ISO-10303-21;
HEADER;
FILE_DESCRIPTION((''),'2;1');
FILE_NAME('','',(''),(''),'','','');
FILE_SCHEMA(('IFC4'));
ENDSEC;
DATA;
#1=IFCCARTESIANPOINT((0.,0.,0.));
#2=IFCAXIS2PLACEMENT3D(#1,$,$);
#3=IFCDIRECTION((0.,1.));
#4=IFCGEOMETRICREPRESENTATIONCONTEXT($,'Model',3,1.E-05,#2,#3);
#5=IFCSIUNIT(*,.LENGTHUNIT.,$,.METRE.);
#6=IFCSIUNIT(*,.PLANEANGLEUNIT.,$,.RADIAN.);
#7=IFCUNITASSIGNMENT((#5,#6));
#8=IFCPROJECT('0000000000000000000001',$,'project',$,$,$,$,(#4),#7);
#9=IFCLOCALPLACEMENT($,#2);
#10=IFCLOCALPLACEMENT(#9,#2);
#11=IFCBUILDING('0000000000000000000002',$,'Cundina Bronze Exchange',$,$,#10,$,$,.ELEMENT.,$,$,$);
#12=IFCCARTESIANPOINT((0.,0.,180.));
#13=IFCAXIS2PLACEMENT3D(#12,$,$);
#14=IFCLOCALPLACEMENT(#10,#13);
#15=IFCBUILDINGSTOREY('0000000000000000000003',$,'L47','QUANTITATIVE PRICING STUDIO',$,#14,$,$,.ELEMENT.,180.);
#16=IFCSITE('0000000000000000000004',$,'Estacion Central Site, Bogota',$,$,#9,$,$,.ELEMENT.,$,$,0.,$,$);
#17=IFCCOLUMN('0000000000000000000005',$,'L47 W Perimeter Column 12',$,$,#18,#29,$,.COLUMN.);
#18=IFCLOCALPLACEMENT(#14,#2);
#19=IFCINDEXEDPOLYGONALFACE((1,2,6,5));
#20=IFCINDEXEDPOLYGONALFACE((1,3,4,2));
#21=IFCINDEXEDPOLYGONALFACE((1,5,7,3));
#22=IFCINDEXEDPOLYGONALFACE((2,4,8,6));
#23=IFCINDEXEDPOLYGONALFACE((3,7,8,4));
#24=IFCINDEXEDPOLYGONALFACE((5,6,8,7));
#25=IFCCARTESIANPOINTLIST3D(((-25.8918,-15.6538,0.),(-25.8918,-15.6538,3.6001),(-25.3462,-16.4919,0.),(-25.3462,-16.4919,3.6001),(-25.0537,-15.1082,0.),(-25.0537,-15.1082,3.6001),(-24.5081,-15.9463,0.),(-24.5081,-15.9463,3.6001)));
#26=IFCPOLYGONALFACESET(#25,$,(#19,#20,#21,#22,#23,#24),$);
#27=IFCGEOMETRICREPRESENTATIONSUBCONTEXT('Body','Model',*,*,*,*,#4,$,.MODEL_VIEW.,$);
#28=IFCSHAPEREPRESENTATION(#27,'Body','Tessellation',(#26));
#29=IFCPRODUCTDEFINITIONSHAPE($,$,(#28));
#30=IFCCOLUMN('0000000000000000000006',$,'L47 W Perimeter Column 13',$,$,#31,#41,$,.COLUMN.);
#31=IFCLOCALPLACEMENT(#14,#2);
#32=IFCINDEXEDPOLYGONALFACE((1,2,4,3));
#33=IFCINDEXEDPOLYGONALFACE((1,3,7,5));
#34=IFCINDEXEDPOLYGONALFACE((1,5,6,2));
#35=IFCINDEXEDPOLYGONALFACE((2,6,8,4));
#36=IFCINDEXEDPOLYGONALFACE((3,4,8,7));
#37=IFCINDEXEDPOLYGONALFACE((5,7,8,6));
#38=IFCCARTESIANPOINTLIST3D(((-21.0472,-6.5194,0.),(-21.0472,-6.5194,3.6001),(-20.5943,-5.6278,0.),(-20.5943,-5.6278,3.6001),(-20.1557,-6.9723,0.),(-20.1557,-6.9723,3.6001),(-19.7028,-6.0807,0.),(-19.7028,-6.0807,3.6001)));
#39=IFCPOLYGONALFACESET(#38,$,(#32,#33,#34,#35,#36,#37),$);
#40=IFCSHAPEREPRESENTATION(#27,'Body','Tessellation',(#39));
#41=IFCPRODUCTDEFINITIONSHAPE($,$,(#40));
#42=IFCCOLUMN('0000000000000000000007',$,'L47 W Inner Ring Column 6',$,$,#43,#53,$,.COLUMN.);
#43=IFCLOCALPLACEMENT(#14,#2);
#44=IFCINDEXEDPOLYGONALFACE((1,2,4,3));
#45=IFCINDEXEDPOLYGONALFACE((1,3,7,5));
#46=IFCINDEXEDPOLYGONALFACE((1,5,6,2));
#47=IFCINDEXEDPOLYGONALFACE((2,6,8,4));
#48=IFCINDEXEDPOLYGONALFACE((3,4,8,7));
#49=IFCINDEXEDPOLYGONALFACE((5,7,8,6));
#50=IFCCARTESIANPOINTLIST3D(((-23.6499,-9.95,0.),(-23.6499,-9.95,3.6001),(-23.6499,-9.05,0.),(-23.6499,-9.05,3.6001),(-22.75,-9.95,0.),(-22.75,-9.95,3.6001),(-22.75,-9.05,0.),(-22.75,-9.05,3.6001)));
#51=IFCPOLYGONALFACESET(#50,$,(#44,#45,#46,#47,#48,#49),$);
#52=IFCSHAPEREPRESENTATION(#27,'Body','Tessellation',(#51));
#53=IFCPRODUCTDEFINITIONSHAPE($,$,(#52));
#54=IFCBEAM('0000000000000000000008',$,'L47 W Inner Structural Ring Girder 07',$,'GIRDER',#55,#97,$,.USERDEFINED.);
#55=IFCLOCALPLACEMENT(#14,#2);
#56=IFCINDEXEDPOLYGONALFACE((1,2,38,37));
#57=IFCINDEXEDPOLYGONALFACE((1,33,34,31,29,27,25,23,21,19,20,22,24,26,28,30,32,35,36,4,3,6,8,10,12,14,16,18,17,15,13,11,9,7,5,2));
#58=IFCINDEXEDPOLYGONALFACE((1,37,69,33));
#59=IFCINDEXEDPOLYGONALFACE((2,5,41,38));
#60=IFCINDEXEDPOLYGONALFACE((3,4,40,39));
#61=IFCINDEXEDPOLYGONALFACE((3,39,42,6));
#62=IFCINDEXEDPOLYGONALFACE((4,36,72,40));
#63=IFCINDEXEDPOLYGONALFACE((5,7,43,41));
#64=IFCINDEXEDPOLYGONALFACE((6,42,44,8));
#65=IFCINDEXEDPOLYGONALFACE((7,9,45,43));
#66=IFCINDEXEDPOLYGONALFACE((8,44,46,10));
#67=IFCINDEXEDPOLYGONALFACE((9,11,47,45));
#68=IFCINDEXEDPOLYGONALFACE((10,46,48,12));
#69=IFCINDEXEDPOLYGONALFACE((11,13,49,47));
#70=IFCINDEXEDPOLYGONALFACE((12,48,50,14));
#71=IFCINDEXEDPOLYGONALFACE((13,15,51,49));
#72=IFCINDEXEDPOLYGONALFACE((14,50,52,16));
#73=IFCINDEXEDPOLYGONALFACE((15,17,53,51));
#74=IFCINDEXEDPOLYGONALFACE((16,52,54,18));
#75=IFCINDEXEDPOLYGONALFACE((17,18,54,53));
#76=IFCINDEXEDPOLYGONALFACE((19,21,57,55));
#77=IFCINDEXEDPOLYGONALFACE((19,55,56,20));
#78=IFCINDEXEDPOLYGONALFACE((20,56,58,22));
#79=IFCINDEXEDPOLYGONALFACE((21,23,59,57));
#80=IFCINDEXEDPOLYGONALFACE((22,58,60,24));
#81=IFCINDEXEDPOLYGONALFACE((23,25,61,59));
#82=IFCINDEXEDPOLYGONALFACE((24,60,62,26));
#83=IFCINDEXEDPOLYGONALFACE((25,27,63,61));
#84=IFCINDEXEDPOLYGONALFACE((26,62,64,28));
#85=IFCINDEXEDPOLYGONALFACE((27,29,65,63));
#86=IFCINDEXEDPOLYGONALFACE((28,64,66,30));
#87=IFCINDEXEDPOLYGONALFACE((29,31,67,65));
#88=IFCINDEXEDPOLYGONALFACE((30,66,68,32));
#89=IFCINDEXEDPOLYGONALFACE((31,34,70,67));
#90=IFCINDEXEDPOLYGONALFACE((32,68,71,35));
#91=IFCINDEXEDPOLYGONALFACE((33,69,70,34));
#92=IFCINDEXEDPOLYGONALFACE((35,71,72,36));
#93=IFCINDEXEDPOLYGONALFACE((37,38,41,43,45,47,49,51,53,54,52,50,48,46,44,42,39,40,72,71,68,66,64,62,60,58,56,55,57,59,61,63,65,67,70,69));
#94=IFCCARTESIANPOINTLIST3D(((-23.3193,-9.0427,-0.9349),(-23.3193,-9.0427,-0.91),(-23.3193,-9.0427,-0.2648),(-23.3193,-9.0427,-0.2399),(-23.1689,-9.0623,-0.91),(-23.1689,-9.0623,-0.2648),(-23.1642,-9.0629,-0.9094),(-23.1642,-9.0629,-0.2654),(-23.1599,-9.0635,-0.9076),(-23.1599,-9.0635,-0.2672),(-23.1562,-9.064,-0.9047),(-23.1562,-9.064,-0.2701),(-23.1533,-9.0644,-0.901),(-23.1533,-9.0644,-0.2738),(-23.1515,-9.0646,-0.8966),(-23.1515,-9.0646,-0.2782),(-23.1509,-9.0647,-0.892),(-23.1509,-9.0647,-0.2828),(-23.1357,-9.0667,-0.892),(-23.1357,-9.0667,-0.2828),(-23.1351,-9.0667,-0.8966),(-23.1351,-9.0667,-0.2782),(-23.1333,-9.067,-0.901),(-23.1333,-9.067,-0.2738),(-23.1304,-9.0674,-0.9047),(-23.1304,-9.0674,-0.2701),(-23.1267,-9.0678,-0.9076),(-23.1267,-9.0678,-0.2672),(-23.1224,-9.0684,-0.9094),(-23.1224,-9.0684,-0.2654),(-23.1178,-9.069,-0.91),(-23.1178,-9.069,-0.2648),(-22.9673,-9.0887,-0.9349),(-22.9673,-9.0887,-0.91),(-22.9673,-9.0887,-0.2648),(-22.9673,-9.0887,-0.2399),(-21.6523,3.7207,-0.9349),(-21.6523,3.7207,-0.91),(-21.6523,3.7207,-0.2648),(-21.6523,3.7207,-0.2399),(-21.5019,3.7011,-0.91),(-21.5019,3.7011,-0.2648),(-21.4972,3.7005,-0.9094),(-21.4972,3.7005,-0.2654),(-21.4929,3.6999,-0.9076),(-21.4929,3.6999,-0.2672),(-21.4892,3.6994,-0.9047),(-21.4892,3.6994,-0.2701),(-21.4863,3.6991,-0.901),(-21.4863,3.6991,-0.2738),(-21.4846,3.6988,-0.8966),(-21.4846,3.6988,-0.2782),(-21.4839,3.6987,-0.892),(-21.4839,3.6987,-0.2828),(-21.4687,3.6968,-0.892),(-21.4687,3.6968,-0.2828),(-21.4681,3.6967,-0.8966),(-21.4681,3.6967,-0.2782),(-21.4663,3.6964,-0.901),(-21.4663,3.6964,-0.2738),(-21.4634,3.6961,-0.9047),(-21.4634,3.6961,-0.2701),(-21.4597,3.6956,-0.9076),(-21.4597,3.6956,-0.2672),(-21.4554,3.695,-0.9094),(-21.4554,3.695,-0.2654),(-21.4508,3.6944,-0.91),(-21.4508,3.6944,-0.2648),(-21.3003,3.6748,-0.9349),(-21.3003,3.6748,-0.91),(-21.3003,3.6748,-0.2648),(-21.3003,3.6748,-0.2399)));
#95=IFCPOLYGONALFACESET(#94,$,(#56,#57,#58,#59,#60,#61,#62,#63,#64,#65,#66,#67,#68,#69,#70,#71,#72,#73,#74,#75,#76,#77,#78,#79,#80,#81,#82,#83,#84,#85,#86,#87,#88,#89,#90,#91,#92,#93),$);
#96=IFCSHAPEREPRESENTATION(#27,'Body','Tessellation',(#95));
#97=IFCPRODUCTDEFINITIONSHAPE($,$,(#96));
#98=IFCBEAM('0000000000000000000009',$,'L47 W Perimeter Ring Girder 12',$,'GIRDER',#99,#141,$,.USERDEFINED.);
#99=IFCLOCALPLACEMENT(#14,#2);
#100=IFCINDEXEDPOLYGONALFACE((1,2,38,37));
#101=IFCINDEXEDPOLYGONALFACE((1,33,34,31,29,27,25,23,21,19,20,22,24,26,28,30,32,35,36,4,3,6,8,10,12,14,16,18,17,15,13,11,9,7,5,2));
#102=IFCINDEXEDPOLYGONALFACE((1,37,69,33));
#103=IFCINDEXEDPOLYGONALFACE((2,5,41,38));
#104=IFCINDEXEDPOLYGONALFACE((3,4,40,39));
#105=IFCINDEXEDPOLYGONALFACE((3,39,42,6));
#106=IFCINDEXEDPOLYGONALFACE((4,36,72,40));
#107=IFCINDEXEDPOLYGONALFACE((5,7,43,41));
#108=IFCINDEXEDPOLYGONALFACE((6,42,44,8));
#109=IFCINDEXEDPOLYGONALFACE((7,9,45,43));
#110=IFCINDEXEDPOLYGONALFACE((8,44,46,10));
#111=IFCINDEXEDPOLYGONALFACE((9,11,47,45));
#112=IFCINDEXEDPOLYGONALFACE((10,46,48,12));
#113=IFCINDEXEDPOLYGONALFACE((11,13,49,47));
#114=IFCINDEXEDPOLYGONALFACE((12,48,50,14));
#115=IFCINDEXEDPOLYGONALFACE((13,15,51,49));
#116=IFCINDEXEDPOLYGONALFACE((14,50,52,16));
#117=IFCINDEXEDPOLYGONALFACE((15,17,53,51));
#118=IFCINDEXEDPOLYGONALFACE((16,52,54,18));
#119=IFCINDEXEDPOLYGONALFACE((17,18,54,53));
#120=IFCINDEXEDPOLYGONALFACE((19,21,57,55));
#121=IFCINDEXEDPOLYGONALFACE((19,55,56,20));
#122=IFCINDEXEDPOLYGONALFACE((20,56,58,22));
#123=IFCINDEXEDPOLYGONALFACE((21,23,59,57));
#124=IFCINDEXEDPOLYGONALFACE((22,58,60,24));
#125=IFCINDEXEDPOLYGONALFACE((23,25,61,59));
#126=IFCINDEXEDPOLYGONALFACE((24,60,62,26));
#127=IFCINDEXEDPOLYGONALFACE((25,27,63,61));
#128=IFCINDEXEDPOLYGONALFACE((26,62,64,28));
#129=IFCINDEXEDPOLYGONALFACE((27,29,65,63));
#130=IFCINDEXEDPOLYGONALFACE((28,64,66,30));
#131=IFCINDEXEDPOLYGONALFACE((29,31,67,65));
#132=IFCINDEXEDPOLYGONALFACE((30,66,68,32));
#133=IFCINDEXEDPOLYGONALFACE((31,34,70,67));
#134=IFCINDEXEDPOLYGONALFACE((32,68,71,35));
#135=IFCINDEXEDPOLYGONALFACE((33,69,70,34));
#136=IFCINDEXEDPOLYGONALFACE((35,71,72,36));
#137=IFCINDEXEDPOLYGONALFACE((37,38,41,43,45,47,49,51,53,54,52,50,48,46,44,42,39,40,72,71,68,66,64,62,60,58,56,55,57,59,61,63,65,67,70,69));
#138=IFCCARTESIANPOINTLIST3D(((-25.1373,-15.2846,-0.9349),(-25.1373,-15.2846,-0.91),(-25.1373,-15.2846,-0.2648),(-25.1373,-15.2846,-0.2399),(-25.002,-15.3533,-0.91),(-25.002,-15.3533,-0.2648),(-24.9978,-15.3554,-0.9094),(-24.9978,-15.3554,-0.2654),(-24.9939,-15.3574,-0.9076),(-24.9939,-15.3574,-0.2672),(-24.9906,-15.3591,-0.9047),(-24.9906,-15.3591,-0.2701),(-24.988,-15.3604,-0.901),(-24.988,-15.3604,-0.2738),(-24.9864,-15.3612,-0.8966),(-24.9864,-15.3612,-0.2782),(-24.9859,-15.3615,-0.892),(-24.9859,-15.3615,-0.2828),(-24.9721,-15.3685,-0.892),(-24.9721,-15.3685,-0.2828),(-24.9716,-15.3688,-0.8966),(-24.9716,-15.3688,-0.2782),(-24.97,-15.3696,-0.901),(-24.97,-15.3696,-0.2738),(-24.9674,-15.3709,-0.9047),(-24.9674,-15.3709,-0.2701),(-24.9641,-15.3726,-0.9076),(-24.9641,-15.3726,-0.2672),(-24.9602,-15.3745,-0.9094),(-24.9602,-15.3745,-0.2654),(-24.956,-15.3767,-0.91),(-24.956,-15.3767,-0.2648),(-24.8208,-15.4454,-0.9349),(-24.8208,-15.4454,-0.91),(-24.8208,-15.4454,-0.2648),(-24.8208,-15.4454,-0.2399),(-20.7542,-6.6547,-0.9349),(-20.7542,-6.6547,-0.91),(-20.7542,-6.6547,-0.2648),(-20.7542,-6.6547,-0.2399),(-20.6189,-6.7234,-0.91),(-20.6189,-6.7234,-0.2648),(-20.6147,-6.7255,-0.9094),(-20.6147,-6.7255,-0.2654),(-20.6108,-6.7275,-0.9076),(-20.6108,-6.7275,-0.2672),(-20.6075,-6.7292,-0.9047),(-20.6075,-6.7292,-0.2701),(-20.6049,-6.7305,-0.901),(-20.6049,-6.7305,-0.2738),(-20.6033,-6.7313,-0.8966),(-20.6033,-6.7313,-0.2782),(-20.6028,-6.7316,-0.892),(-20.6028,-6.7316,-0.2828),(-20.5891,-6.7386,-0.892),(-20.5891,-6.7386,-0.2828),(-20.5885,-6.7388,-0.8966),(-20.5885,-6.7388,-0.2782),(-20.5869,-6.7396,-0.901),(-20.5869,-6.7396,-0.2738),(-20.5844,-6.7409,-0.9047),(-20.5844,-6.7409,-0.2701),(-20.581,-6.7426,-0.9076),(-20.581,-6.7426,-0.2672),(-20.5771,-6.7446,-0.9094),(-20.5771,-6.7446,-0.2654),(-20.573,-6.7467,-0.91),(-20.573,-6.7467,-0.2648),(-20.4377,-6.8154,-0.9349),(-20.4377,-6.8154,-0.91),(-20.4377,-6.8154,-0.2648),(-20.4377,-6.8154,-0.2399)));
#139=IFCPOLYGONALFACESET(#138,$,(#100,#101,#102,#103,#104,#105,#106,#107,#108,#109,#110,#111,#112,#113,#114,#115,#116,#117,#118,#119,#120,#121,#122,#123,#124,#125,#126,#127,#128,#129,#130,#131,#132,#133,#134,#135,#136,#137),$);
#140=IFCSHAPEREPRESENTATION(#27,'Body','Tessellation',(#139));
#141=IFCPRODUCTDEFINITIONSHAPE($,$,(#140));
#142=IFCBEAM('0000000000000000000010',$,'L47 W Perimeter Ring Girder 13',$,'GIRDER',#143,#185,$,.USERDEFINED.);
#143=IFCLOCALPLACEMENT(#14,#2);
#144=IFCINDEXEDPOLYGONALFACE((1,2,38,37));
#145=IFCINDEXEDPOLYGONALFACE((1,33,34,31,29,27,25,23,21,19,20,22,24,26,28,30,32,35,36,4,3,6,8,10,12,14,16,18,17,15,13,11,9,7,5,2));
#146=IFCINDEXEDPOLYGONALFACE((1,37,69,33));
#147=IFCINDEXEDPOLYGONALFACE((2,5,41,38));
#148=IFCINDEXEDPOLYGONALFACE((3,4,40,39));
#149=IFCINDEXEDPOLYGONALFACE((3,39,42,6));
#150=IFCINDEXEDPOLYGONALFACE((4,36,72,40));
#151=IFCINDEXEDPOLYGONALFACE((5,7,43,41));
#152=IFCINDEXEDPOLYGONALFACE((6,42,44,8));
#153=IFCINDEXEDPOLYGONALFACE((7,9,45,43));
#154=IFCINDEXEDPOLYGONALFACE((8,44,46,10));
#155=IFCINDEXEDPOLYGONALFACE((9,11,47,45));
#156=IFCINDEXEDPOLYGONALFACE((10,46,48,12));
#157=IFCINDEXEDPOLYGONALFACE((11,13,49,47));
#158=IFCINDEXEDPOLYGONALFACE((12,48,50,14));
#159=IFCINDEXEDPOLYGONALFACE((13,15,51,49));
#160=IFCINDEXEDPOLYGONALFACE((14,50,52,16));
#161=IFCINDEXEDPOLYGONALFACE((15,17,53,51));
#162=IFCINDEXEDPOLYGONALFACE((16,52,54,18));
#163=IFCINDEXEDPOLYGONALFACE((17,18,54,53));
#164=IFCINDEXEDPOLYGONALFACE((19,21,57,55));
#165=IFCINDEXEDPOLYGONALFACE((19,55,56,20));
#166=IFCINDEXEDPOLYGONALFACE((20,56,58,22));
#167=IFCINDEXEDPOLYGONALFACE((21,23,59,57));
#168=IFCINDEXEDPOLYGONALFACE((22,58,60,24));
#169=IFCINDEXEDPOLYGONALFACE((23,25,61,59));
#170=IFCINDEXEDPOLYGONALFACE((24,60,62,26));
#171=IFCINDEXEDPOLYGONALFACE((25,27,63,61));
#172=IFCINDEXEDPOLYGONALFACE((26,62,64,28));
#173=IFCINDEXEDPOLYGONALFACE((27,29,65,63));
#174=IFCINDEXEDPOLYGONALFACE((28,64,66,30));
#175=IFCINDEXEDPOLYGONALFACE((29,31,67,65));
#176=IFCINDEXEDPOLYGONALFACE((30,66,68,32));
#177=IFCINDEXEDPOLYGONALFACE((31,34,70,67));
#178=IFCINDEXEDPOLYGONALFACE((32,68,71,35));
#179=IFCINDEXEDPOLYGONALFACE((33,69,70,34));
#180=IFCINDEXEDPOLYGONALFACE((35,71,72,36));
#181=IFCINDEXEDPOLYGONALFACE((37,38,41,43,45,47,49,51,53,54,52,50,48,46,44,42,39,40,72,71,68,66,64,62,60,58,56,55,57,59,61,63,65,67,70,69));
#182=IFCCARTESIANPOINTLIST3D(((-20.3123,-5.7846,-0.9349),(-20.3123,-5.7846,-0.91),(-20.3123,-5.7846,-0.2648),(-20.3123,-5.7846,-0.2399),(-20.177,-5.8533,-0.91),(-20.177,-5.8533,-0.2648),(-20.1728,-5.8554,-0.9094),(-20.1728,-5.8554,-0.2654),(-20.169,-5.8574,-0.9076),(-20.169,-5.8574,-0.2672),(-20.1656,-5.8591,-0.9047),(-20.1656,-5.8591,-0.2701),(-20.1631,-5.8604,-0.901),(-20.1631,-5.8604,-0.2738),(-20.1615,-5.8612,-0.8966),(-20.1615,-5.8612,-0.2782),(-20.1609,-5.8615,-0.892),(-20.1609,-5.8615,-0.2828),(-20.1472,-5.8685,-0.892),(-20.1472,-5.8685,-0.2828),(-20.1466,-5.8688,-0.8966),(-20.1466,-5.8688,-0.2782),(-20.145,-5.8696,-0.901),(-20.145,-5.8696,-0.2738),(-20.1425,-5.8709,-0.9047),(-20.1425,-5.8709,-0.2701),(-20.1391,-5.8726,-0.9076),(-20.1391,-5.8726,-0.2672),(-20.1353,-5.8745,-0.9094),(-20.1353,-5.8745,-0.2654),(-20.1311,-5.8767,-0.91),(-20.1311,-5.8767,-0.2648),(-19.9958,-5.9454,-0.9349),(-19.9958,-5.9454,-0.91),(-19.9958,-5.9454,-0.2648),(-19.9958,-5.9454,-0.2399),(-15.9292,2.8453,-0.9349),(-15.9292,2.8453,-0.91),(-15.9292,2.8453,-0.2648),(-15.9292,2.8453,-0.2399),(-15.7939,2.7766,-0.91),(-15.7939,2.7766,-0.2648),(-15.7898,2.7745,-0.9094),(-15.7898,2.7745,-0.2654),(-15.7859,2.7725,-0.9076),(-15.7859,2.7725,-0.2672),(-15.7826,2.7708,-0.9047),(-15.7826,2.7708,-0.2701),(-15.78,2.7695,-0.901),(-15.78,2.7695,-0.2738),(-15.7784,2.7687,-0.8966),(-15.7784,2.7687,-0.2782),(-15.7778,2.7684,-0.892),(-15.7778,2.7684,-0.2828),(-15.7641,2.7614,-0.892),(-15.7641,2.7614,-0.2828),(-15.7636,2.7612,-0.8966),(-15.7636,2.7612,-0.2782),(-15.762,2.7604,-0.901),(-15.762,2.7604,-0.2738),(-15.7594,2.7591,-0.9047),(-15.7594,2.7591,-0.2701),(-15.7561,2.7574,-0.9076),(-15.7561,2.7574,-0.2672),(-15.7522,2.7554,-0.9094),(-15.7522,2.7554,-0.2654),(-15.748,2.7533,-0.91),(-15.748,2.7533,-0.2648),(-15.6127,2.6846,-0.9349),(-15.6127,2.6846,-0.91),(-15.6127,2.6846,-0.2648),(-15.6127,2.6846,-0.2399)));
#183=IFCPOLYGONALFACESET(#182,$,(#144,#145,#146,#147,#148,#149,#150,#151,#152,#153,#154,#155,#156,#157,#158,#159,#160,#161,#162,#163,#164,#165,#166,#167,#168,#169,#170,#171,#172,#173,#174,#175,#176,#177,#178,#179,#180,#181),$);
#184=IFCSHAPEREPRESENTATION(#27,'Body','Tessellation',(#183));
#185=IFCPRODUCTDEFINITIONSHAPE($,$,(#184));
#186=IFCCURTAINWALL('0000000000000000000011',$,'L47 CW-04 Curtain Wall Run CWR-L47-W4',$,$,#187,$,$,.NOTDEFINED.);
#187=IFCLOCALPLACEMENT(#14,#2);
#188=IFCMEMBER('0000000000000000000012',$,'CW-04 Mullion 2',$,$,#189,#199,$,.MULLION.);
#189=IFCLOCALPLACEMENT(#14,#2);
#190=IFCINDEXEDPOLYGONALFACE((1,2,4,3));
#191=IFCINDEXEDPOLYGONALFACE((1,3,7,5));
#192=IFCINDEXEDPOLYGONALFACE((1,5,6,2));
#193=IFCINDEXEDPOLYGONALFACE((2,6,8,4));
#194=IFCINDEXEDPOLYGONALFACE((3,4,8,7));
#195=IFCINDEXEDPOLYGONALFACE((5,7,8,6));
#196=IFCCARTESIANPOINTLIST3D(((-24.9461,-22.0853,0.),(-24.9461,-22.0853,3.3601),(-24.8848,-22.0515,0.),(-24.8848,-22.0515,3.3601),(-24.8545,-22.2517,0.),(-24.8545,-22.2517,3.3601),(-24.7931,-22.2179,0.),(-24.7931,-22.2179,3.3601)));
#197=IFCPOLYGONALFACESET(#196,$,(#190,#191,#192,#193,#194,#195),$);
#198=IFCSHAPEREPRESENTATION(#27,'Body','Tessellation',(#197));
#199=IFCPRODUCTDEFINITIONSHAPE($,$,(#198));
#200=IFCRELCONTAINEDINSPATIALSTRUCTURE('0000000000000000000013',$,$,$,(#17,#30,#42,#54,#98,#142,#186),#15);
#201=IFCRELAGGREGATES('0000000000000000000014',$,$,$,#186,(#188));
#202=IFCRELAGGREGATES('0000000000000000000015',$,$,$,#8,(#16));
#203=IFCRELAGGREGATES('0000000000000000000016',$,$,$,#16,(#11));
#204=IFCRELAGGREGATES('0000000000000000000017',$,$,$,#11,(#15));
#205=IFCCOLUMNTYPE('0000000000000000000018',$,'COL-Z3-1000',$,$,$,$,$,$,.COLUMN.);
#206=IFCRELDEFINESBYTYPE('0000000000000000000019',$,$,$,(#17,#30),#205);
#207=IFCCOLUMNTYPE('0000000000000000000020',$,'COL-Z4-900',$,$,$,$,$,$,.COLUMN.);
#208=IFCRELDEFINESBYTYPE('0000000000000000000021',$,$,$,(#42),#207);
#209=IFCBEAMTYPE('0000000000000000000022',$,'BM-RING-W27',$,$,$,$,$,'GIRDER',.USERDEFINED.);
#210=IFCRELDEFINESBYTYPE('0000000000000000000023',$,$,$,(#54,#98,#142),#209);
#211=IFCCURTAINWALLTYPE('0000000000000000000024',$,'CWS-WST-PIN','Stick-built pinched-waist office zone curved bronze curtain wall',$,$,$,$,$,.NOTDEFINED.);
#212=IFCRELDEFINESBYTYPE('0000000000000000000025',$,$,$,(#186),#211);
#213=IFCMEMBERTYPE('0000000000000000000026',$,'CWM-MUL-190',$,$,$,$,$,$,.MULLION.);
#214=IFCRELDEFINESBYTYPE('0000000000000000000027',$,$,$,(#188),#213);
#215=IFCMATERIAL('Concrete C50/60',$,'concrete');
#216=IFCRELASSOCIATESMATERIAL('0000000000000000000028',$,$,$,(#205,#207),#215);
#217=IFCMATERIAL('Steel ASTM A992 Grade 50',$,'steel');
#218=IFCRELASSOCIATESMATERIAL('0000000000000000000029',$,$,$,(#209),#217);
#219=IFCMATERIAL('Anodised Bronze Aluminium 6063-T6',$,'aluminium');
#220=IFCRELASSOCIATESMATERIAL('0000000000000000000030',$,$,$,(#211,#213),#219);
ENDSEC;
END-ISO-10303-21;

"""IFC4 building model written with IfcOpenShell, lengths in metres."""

from ifc_helpers import new_model, si_unit, direction, frame, origin, origin_2d, place, context, subcontext, project, spatial, rectangle, i_section, extrude, material, material_profile, profile_set, type_object, element, aggregate, save


model = new_model("IFC4")

# Units and contexts
model_context = context("Model", 3, precision=1e-05, world=origin(), true_north=direction((0.0, 1.0)))
body_context = subcontext(model_context, "Body", "Model", "MODEL_VIEW")
ifc_project = project(units=[si_unit("LENGTHUNIT", "METRE"), si_unit("PLANEANGLEUNIT", "RADIAN")], contexts=[model_context])

# Site, building, storey
site_placement = place(None, origin())
site = spatial("IfcSite", under=ifc_project, at=site_placement, Name="Estacion Central Site, Bogota", CompositionType="ELEMENT", RefElevation=0.0)
building_placement = place(site_placement, origin())
building = spatial("IfcBuilding", under=site, at=building_placement, Name="Cundina Bronze Exchange", CompositionType="ELEMENT")
storey_placement = place(building_placement, frame((0.0, 0.0, 180.0)))
storey = spatial("IfcBuildingStorey", under=building, at=storey_placement, Name="L47", Description="QUANTITATIVE PRICING STUDIO", CompositionType="ELEMENT", Elevation=180.0)

# Columns
ifc_material_1 = material(Name="Concrete C50/60", Category="concrete")
ifc_material_profile_1 = material_profile(ifc_material_1, rectangle(XDim=1.0, YDim=1.0, at=origin_2d()), Name="RC1000X1000", Category="concrete")
ifc_profile_set_1 = profile_set([ifc_material_profile_1], Name="Concrete C50/60")
column_type_1 = type_object("IfcColumnType", Name="COL-Z3-1000", PredefinedType="COLUMN", material=ifc_profile_set_1)
for number, where, z_axis, x_axis, name in (
    (1, (-25.2, -15.8, 0.0), (0.0, 0.0, 1.0), (0.8381, 0.545517, 0.0), "L47 W Perimeter Column 12"),
    (2, (-20.375, -6.3, 0.0), (0.0, 0.0, 1.0), (0.452902, 0.891561, 0.0), "L47 W Perimeter Column 13"),
):
    element("IfcColumn", number, at=place(storey_placement, frame(where, z_axis=z_axis, x_axis=x_axis)), inside=storey, type_object=column_type_1, Name=name, PredefinedType="COLUMN", context=body_context, shape_type="SweptSolid", body=[
        extrude(rectangle(XDim=1.0, YDim=1.0, at=origin_2d()), origin(), (0.0, 0.0, 1.0), 3.6001),
    ])
ifc_material_profile_2 = material_profile(ifc_material_1, rectangle(XDim=0.8999, YDim=0.8999, at=origin_2d()), Name="RC900X900", Category="concrete")
ifc_profile_set_2 = profile_set([ifc_material_profile_2], Name="Concrete C50/60")
column_type_2 = type_object("IfcColumnType", Name="COL-Z4-900", PredefinedType="COLUMN", material=ifc_profile_set_2)
column_placement = place(storey_placement, frame((-23.2, -9.5, 0.0), z_axis=(0.0, 0.0, 1.0), x_axis=(1.0, 0.0, 0.0)))
element("IfcColumn", 3, at=column_placement, inside=storey, type_object=column_type_2, Name="L47 W Inner Ring Column 6", PredefinedType="COLUMN", context=body_context, shape_type="SweptSolid", body=[
    extrude(rectangle(XDim=0.8999, YDim=0.8999, at=origin_2d()), origin(), (0.0, 0.0, 1.0), 3.6001),
])

# Beams
ifc_material_2 = material(Name="Steel ASTM A992 Grade 50", Category="steel")
ifc_material_profile_3 = material_profile(ifc_material_2, i_section(OverallWidth=0.355, OverallDepth=0.6951, WebThickness=0.0154, FlangeThickness=0.0249, FilletRadius=0.0181, at=origin_2d()), Name="W27X146", Category="steel")
ifc_profile_set_3 = profile_set([ifc_material_profile_3], Name="Steel ASTM A992 Grade 50")
beam_type = type_object("IfcBeamType", Name="BM-RING-W27", ElementType="GIRDER", PredefinedType="USERDEFINED", material=ifc_profile_set_3)
beam_placement = place(storey_placement, frame((-23.1433, -9.0657, -0.5874), z_axis=(0.129507, 0.991579, 0.0), x_axis=(-0.991579, 0.129507, 0.0)))
element("IfcBeam", 4, at=beam_placement, inside=storey, type_object=beam_type, Name="L47 W Inner Structural Ring Girder 07", ObjectType="GIRDER", PredefinedType="USERDEFINED", context=body_context, shape_type="SweptSolid", body=[
    extrude(i_section(OverallWidth=0.355, OverallDepth=0.6951, WebThickness=0.0154, FlangeThickness=0.0249, FilletRadius=0.0181, at=origin_2d()), origin(), (0.0, 0.0, 1.0), 12.8718),
])
for number, where, z_axis, x_axis, name in (
    (5, (-24.979, -15.365, -0.5874), (0.452835, 0.891595, 0.0), (-0.891595, 0.452835, 0.0), "L47 W Perimeter Ring Girder 12"),
    (6, (-20.1541, -5.865, -0.5874), (0.452835, 0.891595, 0.0), (-0.891595, 0.452835, 0.0), "L47 W Perimeter Ring Girder 13"),
):
    element("IfcBeam", number, at=place(storey_placement, frame(where, z_axis=z_axis, x_axis=x_axis)), inside=storey, type_object=beam_type, Name=name, ObjectType="GIRDER", PredefinedType="USERDEFINED", context=body_context, shape_type="SweptSolid", body=[
        extrude(i_section(OverallWidth=0.355, OverallDepth=0.6951, WebThickness=0.0154, FlangeThickness=0.0249, FilletRadius=0.0181, at=origin_2d()), origin(), (0.0, 0.0, 1.0), 9.6792),
    ])

# Curtain wall, member
ifc_material_3 = material(Name="Anodised Bronze Aluminium 6063-T6", Category="aluminium")
curtain_wall_type = type_object("IfcCurtainWallType", Name="CWS-WST-PIN", Description="Stick-built pinched-waist office zone curved bronze curtain wall", PredefinedType="NOTDEFINED", material=ifc_material_3)
curtain_wall_placement = place(storey_placement, origin())
curtain_wall = element("IfcCurtainWall", 7, at=curtain_wall_placement, inside=storey, type_object=curtain_wall_type, Name="L47 CW-04 Curtain Wall Run CWR-L47-W4", PredefinedType="NOTDEFINED")
ifc_material_profile_4 = material_profile(ifc_material_3, rectangle(XDim=0.0701, YDim=0.1899, at=origin_2d()), Name="AL70X190", Category="aluminium")
ifc_profile_set_4 = profile_set([ifc_material_profile_4], Name="Anodised Bronze Aluminium 6063-T6")
member_type_1 = type_object("IfcMemberType", Name="CWM-MUL-190", PredefinedType="MULLION", material=ifc_profile_set_4)
member_1_placement = place(storey_placement, frame((-24.8696, -22.1516, 0.0), z_axis=(0.0, 0.0, 1.0), x_axis=(0.875886, 0.482518, 0.0)))
member_1 = element("IfcMember", 8, at=member_1_placement, type_object=member_type_1, Name="CW-04 Mullion 2", PredefinedType="MULLION", context=body_context, shape_type="SweptSolid", body=[
    extrude(rectangle(XDim=0.0701, YDim=0.1899, at=origin_2d()), origin(), (0.0, 0.0, 1.0), 3.3601),
])
aggregate(curtain_wall, [member_1])

save(model, "model.ifc")
